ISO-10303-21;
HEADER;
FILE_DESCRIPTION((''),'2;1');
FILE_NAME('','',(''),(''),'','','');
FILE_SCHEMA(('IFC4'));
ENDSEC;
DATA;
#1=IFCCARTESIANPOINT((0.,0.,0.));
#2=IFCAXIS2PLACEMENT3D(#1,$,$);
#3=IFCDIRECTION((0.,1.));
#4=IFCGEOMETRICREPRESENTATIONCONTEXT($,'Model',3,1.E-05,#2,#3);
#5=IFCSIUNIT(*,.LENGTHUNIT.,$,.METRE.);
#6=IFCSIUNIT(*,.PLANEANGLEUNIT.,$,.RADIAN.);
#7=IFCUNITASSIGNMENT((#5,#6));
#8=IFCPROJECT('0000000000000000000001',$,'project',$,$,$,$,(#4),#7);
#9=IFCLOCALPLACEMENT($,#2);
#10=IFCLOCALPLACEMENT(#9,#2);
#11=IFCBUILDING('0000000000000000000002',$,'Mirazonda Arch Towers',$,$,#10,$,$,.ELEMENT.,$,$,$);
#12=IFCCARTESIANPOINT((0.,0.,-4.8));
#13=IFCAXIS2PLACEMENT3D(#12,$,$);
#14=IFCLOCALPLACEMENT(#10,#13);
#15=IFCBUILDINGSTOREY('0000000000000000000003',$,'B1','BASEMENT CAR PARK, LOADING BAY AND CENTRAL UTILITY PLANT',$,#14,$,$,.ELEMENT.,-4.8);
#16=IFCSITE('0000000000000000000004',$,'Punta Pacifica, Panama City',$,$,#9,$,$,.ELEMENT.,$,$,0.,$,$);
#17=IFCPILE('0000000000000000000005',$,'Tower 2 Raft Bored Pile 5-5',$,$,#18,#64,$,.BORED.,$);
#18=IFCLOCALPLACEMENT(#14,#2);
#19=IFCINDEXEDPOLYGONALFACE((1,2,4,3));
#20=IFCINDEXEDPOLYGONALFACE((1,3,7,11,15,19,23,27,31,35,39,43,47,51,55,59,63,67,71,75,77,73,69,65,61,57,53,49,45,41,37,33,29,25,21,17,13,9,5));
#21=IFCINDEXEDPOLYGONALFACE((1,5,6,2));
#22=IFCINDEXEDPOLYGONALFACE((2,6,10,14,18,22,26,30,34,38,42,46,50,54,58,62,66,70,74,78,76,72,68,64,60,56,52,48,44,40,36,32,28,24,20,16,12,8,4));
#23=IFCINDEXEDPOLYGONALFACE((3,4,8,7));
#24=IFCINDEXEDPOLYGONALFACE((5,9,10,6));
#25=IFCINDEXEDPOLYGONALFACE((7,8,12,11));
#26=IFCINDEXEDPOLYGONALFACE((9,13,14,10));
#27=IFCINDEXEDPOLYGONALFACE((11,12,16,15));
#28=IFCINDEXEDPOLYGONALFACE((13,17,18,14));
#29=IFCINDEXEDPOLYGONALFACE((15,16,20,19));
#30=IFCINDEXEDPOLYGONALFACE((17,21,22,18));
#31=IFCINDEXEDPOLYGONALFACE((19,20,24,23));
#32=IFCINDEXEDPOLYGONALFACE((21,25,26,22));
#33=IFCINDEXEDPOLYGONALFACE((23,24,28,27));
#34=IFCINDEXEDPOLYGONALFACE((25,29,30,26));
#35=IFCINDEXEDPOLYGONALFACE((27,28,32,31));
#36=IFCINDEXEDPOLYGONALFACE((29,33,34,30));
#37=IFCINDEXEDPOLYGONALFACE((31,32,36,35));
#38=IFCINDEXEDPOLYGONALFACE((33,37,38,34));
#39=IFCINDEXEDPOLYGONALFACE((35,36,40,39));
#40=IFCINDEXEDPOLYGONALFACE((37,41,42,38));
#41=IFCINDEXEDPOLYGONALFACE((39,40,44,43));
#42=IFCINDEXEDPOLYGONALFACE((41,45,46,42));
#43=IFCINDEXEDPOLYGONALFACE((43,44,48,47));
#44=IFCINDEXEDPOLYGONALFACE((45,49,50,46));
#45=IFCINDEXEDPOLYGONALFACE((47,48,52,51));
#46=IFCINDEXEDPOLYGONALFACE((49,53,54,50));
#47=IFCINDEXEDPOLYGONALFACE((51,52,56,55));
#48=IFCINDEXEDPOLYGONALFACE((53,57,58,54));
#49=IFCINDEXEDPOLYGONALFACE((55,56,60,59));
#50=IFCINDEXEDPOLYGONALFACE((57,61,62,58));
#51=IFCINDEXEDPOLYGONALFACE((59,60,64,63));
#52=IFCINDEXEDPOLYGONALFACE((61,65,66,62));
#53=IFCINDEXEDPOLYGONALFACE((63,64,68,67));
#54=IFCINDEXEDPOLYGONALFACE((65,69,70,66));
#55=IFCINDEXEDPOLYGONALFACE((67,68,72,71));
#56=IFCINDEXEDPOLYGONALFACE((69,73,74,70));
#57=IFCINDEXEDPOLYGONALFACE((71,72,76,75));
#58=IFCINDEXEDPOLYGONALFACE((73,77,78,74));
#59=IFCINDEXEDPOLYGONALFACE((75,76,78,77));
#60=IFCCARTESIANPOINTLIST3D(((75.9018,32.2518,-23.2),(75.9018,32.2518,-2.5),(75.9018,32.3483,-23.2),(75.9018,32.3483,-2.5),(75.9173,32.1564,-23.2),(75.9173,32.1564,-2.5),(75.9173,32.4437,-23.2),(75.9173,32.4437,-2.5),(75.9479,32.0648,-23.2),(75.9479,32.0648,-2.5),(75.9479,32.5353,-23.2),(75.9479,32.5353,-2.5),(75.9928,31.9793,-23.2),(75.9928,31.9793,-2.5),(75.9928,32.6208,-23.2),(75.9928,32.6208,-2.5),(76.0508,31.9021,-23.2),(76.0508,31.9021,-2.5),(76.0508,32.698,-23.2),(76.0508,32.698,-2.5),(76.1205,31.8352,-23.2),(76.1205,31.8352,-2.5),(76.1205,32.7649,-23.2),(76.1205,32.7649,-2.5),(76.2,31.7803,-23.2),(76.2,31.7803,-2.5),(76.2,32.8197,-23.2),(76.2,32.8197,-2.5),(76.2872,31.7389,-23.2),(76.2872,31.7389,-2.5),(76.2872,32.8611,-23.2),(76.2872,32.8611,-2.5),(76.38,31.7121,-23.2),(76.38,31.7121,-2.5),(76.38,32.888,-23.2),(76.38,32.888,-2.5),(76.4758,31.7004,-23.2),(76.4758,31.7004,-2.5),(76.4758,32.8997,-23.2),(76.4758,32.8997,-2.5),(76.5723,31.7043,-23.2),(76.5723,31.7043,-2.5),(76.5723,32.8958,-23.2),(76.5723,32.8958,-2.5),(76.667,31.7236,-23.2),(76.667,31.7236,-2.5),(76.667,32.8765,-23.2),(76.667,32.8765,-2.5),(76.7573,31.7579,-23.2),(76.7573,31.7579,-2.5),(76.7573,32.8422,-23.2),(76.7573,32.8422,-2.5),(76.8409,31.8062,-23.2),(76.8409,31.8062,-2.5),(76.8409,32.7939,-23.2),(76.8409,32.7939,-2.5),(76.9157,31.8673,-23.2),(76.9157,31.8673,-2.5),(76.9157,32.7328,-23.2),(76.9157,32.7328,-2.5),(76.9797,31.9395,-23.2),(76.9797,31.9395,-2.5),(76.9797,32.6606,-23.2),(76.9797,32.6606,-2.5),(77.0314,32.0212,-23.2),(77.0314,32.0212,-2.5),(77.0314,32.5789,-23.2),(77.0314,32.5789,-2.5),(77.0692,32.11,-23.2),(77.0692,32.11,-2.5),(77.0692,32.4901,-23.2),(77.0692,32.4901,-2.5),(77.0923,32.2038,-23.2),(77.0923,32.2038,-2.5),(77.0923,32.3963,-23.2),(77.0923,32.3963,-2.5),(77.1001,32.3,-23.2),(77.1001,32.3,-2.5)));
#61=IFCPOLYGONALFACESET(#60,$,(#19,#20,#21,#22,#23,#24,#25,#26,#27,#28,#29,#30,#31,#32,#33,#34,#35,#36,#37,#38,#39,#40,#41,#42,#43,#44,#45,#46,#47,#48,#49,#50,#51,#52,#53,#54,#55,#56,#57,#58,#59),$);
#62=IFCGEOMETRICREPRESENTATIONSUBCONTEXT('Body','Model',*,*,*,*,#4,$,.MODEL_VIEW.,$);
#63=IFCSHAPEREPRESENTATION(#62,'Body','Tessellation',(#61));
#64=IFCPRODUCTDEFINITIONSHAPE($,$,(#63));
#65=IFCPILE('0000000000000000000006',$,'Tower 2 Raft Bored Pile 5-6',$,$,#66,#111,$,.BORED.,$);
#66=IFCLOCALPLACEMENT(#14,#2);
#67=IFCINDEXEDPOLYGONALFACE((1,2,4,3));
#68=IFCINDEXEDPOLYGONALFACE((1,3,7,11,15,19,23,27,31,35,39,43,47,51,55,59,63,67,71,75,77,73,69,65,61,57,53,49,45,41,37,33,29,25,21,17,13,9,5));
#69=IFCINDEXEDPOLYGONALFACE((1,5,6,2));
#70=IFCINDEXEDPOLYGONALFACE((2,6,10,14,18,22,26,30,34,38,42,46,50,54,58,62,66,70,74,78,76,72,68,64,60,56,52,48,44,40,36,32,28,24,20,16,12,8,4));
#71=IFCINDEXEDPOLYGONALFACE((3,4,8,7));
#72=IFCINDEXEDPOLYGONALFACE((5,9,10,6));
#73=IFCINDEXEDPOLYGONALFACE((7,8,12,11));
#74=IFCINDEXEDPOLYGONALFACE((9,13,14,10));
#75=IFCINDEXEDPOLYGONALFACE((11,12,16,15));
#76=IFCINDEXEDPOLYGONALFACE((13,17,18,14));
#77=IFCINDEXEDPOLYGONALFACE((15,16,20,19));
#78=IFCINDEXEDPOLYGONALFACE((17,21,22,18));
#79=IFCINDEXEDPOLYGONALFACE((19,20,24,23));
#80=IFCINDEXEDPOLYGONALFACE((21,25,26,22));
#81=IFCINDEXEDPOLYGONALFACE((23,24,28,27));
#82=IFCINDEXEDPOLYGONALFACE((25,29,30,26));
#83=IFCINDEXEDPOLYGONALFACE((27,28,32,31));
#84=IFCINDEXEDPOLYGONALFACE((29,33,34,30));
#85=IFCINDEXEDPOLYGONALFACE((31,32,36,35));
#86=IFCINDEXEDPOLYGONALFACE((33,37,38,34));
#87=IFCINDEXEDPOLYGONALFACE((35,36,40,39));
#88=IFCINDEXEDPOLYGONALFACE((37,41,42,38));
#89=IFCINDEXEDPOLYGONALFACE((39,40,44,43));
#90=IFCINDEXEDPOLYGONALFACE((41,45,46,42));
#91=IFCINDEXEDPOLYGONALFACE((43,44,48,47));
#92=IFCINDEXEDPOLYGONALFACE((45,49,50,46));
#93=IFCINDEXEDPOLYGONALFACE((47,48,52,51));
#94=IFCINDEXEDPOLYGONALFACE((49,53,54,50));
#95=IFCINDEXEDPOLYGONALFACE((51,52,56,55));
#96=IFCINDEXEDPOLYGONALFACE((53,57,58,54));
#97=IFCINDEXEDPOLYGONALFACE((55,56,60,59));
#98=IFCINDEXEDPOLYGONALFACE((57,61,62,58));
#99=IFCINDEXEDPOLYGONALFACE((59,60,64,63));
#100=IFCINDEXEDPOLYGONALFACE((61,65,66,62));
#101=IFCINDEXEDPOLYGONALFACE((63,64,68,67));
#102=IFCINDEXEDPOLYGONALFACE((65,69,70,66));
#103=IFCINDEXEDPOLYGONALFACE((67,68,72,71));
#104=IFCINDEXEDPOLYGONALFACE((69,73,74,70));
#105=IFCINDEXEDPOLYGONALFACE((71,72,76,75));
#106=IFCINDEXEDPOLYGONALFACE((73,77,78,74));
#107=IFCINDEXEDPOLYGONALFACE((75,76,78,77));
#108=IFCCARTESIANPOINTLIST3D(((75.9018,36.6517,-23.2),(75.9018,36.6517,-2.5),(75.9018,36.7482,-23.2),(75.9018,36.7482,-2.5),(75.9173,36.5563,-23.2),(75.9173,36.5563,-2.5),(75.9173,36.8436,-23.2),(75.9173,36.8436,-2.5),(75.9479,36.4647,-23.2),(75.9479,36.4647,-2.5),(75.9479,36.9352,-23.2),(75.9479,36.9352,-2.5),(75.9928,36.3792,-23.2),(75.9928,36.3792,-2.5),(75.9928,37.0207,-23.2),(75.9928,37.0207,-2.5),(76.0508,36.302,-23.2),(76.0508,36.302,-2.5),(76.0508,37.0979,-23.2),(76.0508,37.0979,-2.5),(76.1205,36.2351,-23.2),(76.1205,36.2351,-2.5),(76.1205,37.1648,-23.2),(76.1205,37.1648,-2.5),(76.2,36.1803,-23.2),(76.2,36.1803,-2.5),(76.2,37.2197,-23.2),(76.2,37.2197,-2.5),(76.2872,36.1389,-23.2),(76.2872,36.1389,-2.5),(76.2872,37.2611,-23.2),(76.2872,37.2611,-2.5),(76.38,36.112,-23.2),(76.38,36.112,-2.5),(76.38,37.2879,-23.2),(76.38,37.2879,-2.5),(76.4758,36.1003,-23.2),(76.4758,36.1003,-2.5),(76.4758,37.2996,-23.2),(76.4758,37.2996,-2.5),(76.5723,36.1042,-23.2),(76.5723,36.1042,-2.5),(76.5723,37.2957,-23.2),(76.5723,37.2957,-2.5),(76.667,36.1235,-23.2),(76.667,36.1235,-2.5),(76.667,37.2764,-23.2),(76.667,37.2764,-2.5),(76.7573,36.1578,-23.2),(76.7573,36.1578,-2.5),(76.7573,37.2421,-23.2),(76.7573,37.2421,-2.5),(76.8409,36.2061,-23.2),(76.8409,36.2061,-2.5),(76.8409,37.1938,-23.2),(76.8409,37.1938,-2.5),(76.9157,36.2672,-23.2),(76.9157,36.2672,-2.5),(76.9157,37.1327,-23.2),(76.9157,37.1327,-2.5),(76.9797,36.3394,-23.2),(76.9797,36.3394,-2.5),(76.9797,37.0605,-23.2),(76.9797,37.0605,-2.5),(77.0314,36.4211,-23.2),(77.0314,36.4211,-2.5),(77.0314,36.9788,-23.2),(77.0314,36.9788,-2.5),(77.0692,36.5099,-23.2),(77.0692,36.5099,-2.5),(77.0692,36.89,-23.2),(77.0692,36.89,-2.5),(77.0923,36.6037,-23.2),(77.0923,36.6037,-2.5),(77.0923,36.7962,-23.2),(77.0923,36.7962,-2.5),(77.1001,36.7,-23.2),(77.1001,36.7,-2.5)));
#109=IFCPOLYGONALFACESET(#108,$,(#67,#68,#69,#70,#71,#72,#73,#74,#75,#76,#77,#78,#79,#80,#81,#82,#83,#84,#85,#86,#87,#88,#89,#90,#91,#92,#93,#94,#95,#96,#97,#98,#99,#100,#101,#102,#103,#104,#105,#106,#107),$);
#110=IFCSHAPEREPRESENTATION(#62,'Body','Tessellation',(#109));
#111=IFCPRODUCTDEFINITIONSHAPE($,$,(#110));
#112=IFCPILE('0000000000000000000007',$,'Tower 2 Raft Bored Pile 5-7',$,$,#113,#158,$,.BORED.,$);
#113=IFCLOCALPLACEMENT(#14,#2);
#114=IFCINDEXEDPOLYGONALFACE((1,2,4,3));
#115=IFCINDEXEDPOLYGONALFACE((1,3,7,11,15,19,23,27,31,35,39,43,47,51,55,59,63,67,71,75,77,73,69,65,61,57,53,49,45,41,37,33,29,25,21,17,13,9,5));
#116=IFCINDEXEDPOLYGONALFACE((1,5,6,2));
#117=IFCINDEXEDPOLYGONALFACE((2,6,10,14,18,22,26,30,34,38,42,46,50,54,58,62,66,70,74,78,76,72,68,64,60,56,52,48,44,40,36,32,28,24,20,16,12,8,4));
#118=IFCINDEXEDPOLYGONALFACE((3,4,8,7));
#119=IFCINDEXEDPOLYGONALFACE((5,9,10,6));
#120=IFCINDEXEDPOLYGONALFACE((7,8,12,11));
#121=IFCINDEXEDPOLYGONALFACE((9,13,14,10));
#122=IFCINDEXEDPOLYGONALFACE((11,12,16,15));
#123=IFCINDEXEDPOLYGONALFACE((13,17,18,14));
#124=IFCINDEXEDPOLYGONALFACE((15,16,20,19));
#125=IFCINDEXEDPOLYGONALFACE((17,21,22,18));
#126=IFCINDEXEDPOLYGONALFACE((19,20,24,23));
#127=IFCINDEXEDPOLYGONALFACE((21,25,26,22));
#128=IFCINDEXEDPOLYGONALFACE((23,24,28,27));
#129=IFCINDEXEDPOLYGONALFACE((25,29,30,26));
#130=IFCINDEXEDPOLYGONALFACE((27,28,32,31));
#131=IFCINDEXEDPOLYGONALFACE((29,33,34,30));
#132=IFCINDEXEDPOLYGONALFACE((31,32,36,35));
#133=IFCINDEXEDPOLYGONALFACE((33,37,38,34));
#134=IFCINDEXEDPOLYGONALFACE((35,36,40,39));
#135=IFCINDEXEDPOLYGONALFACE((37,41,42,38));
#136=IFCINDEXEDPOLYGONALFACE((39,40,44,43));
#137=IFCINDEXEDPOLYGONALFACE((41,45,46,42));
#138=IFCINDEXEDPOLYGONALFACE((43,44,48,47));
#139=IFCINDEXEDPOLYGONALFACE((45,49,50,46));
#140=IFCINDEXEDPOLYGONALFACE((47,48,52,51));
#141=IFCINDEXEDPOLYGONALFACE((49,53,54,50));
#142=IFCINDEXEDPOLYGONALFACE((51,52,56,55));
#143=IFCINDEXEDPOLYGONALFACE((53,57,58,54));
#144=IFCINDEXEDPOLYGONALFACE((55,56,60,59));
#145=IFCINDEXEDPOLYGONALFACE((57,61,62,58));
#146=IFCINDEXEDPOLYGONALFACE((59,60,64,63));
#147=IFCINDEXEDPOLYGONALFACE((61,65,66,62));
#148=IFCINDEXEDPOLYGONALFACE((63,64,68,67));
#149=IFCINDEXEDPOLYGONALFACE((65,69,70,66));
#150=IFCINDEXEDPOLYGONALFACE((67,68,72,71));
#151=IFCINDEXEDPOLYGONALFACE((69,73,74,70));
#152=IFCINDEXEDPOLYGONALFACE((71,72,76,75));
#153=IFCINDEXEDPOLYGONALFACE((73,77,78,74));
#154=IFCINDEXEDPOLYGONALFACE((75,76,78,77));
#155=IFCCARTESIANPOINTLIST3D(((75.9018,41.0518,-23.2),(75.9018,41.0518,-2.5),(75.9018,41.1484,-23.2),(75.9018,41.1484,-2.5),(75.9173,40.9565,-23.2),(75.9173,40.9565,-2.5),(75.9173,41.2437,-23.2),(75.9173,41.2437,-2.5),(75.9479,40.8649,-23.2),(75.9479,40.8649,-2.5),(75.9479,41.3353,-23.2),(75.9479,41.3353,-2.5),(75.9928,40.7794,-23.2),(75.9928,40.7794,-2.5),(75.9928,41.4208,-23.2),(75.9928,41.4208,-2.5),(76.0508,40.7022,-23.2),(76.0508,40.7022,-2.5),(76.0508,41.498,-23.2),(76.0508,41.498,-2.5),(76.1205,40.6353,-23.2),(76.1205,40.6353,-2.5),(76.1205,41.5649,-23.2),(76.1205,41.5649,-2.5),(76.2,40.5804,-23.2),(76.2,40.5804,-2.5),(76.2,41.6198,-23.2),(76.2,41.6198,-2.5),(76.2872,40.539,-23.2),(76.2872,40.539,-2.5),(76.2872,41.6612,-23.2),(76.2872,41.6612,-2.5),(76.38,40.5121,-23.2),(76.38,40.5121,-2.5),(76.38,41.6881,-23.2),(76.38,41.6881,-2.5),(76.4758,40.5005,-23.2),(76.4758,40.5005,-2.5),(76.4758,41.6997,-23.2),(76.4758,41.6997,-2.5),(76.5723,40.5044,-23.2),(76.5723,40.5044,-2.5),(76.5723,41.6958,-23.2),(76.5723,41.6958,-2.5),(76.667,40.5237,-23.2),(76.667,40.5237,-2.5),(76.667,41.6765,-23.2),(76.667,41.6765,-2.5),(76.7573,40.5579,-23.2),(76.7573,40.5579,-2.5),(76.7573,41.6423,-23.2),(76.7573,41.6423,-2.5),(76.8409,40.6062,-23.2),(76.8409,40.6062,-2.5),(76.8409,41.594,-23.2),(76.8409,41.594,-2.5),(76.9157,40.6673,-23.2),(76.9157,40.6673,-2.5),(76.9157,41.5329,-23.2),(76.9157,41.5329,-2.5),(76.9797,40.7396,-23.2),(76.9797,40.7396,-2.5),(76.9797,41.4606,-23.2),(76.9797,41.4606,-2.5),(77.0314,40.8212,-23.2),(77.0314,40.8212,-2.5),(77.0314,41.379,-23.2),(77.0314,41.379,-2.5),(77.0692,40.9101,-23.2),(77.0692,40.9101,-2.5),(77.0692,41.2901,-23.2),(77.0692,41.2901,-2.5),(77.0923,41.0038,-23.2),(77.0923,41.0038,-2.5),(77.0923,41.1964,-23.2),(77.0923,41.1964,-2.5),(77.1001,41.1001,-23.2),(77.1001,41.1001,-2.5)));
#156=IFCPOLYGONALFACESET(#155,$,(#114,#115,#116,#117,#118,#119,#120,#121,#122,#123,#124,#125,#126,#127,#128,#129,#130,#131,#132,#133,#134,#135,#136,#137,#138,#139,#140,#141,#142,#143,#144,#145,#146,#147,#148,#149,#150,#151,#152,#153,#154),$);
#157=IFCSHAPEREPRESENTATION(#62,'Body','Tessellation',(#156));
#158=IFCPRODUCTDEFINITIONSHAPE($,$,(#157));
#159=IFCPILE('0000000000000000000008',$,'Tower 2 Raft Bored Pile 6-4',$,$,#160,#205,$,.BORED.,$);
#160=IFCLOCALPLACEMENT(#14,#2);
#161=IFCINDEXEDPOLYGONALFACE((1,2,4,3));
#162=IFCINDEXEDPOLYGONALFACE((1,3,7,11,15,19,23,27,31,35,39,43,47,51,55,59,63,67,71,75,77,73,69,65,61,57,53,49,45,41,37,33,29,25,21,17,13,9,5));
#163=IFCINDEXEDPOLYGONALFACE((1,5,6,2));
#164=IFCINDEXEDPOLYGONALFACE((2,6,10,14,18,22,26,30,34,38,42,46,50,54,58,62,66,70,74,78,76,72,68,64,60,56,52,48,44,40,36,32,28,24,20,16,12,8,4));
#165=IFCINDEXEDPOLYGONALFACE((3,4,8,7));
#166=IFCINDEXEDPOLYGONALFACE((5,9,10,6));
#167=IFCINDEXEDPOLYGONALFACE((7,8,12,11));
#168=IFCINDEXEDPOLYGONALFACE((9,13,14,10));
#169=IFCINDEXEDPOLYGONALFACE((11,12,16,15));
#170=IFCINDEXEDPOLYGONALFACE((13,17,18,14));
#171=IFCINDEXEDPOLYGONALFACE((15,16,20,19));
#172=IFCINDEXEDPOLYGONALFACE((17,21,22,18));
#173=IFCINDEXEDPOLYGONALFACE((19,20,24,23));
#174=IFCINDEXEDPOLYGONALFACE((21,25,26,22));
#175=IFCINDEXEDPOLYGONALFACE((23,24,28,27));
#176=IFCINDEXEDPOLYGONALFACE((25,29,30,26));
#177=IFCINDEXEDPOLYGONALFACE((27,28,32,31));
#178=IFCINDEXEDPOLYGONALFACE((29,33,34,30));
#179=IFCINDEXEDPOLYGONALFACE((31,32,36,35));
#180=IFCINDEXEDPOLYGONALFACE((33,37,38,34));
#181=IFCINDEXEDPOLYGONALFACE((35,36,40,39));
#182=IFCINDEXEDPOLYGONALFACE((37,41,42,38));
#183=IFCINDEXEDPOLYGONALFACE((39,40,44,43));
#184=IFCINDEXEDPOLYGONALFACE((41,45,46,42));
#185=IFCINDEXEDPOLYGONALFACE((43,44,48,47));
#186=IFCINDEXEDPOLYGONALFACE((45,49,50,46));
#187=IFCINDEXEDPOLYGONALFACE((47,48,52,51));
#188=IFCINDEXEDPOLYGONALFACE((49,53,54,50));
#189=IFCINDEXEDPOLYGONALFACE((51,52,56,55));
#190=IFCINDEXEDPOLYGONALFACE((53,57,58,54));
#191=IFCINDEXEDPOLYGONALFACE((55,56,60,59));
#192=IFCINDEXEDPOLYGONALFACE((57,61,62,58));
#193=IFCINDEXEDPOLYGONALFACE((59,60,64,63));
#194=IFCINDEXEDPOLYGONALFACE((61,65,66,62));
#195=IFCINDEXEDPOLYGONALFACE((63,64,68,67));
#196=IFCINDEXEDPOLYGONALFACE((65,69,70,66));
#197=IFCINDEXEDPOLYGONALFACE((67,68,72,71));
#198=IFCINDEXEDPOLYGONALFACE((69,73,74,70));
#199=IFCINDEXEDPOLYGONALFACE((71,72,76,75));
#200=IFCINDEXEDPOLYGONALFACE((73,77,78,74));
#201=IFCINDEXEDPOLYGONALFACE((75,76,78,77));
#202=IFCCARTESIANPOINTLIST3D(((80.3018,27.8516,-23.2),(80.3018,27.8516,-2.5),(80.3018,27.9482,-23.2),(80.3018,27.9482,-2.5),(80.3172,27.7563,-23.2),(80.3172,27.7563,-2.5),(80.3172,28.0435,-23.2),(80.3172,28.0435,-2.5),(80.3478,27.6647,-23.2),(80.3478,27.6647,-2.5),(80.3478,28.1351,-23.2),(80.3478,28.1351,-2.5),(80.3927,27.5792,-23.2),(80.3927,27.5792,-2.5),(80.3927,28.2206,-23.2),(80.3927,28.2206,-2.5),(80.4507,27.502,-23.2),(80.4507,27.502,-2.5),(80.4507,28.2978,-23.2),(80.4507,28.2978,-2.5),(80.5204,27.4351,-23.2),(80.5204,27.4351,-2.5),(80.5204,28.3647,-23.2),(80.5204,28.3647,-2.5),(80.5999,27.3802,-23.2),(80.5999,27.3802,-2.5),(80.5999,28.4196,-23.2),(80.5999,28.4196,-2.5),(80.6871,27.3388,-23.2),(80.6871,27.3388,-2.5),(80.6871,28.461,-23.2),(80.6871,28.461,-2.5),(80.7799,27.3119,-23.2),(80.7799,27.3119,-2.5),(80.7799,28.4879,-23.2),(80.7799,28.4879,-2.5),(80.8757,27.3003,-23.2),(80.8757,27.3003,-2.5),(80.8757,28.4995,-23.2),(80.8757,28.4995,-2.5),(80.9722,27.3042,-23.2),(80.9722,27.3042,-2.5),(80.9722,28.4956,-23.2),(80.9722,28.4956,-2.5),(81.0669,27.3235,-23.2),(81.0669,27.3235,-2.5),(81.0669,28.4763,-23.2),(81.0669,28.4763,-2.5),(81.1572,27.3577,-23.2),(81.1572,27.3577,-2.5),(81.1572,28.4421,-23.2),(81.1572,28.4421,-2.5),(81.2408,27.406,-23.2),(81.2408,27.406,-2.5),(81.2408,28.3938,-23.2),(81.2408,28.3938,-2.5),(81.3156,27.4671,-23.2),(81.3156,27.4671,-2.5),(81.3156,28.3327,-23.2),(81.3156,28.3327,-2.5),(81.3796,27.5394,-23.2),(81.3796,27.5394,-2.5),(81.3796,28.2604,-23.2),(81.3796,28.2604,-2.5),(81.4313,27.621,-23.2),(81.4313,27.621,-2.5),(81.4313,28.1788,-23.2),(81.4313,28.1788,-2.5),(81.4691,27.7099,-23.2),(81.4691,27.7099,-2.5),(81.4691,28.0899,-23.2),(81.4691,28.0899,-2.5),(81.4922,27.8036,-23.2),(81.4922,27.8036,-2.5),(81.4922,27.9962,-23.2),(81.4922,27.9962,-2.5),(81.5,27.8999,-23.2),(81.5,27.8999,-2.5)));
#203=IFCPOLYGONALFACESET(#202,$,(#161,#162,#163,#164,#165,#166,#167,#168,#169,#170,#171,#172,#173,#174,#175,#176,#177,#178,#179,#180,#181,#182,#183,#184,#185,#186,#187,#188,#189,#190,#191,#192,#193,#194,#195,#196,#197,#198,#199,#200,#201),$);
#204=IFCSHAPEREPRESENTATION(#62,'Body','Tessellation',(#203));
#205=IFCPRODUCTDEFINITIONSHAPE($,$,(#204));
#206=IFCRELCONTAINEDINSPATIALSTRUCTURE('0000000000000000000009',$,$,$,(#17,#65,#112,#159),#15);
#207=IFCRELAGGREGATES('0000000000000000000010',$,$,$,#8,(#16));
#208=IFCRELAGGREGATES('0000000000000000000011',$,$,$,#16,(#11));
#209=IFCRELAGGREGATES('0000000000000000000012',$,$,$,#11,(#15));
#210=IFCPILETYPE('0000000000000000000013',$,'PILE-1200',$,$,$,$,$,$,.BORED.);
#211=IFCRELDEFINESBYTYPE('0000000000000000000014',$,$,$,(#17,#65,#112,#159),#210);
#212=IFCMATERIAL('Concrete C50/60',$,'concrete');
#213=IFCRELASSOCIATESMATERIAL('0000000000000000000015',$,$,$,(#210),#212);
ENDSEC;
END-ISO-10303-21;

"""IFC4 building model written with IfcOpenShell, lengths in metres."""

from ifc_helpers import new_model, si_unit, direction, frame, origin, origin_2d, place, context, subcontext, project, spatial, circle, extrude, material, material_profile, profile_set, type_object, element, save


model = new_model("IFC4")

# Units and contexts
model_context = context("Model", 3, precision=1e-05, world=origin(), true_north=direction((0.0, 1.0)))
body_context = subcontext(model_context, "Body", "Model", "MODEL_VIEW")
ifc_project = project(units=[si_unit("LENGTHUNIT", "METRE"), si_unit("PLANEANGLEUNIT", "RADIAN")], contexts=[model_context])

# Site, building, storey
site_placement = place(None, origin())
site = spatial("IfcSite", under=ifc_project, at=site_placement, Name="Punta Pacifica, Panama City", CompositionType="ELEMENT", RefElevation=0.0)
building_placement = place(site_placement, origin())
building = spatial("IfcBuilding", under=site, at=building_placement, Name="Mirazonda Arch Towers", CompositionType="ELEMENT")
storey_placement = place(building_placement, frame((0.0, 0.0, -4.8)))
storey = spatial("IfcBuildingStorey", under=building, at=storey_placement, Name="B1", Description="BASEMENT CAR PARK, LOADING BAY AND CENTRAL UTILITY PLANT", CompositionType="ELEMENT", Elevation=-4.8)

# Piles
ifc_material_1 = material(Name="Concrete C50/60", Category="concrete")
ifc_material_profile_1 = material_profile(ifc_material_1, circle(Radius=0.6001, at=origin_2d()), Name="BORED-D1200")
ifc_profile_set_1 = profile_set([ifc_material_profile_1], Name="Concrete C50/60")
pile_type = type_object("IfcPileType", Name="PILE-1200", PredefinedType="BORED", material=ifc_profile_set_1)
for number, where, z_axis, x_axis, name in (
    (1, (76.5, 32.3, -2.5), (0.0, 0.0, -1.0), (1.0, 0.0, 0.0), "Tower 2 Raft Bored Pile 5-5"),
    (2, (76.5, 36.7, -2.5), (0.0, 0.0, -1.0), (1.0, 0.0, 0.0), "Tower 2 Raft Bored Pile 5-6"),
    (3, (76.5, 41.1001, -2.5), (0.0, 0.0, -1.0), (1.0, 0.0, 0.0), "Tower 2 Raft Bored Pile 5-7"),
    (4, (80.8999, 27.8999, -2.5), (0.0, 0.0, -1.0), (1.0, 0.0, 0.0), "Tower 2 Raft Bored Pile 6-4"),
):
    element("IfcPile", number, at=place(storey_placement, frame(where, z_axis=z_axis, x_axis=x_axis)), inside=storey, type_object=pile_type, Name=name, PredefinedType="BORED", context=body_context, shape_type="SweptSolid", body=[
        extrude(circle(Radius=0.6001, at=origin_2d()), origin(), (0.0, 0.0, 1.0), 20.7),
    ])

save(model, "model.ifc")
